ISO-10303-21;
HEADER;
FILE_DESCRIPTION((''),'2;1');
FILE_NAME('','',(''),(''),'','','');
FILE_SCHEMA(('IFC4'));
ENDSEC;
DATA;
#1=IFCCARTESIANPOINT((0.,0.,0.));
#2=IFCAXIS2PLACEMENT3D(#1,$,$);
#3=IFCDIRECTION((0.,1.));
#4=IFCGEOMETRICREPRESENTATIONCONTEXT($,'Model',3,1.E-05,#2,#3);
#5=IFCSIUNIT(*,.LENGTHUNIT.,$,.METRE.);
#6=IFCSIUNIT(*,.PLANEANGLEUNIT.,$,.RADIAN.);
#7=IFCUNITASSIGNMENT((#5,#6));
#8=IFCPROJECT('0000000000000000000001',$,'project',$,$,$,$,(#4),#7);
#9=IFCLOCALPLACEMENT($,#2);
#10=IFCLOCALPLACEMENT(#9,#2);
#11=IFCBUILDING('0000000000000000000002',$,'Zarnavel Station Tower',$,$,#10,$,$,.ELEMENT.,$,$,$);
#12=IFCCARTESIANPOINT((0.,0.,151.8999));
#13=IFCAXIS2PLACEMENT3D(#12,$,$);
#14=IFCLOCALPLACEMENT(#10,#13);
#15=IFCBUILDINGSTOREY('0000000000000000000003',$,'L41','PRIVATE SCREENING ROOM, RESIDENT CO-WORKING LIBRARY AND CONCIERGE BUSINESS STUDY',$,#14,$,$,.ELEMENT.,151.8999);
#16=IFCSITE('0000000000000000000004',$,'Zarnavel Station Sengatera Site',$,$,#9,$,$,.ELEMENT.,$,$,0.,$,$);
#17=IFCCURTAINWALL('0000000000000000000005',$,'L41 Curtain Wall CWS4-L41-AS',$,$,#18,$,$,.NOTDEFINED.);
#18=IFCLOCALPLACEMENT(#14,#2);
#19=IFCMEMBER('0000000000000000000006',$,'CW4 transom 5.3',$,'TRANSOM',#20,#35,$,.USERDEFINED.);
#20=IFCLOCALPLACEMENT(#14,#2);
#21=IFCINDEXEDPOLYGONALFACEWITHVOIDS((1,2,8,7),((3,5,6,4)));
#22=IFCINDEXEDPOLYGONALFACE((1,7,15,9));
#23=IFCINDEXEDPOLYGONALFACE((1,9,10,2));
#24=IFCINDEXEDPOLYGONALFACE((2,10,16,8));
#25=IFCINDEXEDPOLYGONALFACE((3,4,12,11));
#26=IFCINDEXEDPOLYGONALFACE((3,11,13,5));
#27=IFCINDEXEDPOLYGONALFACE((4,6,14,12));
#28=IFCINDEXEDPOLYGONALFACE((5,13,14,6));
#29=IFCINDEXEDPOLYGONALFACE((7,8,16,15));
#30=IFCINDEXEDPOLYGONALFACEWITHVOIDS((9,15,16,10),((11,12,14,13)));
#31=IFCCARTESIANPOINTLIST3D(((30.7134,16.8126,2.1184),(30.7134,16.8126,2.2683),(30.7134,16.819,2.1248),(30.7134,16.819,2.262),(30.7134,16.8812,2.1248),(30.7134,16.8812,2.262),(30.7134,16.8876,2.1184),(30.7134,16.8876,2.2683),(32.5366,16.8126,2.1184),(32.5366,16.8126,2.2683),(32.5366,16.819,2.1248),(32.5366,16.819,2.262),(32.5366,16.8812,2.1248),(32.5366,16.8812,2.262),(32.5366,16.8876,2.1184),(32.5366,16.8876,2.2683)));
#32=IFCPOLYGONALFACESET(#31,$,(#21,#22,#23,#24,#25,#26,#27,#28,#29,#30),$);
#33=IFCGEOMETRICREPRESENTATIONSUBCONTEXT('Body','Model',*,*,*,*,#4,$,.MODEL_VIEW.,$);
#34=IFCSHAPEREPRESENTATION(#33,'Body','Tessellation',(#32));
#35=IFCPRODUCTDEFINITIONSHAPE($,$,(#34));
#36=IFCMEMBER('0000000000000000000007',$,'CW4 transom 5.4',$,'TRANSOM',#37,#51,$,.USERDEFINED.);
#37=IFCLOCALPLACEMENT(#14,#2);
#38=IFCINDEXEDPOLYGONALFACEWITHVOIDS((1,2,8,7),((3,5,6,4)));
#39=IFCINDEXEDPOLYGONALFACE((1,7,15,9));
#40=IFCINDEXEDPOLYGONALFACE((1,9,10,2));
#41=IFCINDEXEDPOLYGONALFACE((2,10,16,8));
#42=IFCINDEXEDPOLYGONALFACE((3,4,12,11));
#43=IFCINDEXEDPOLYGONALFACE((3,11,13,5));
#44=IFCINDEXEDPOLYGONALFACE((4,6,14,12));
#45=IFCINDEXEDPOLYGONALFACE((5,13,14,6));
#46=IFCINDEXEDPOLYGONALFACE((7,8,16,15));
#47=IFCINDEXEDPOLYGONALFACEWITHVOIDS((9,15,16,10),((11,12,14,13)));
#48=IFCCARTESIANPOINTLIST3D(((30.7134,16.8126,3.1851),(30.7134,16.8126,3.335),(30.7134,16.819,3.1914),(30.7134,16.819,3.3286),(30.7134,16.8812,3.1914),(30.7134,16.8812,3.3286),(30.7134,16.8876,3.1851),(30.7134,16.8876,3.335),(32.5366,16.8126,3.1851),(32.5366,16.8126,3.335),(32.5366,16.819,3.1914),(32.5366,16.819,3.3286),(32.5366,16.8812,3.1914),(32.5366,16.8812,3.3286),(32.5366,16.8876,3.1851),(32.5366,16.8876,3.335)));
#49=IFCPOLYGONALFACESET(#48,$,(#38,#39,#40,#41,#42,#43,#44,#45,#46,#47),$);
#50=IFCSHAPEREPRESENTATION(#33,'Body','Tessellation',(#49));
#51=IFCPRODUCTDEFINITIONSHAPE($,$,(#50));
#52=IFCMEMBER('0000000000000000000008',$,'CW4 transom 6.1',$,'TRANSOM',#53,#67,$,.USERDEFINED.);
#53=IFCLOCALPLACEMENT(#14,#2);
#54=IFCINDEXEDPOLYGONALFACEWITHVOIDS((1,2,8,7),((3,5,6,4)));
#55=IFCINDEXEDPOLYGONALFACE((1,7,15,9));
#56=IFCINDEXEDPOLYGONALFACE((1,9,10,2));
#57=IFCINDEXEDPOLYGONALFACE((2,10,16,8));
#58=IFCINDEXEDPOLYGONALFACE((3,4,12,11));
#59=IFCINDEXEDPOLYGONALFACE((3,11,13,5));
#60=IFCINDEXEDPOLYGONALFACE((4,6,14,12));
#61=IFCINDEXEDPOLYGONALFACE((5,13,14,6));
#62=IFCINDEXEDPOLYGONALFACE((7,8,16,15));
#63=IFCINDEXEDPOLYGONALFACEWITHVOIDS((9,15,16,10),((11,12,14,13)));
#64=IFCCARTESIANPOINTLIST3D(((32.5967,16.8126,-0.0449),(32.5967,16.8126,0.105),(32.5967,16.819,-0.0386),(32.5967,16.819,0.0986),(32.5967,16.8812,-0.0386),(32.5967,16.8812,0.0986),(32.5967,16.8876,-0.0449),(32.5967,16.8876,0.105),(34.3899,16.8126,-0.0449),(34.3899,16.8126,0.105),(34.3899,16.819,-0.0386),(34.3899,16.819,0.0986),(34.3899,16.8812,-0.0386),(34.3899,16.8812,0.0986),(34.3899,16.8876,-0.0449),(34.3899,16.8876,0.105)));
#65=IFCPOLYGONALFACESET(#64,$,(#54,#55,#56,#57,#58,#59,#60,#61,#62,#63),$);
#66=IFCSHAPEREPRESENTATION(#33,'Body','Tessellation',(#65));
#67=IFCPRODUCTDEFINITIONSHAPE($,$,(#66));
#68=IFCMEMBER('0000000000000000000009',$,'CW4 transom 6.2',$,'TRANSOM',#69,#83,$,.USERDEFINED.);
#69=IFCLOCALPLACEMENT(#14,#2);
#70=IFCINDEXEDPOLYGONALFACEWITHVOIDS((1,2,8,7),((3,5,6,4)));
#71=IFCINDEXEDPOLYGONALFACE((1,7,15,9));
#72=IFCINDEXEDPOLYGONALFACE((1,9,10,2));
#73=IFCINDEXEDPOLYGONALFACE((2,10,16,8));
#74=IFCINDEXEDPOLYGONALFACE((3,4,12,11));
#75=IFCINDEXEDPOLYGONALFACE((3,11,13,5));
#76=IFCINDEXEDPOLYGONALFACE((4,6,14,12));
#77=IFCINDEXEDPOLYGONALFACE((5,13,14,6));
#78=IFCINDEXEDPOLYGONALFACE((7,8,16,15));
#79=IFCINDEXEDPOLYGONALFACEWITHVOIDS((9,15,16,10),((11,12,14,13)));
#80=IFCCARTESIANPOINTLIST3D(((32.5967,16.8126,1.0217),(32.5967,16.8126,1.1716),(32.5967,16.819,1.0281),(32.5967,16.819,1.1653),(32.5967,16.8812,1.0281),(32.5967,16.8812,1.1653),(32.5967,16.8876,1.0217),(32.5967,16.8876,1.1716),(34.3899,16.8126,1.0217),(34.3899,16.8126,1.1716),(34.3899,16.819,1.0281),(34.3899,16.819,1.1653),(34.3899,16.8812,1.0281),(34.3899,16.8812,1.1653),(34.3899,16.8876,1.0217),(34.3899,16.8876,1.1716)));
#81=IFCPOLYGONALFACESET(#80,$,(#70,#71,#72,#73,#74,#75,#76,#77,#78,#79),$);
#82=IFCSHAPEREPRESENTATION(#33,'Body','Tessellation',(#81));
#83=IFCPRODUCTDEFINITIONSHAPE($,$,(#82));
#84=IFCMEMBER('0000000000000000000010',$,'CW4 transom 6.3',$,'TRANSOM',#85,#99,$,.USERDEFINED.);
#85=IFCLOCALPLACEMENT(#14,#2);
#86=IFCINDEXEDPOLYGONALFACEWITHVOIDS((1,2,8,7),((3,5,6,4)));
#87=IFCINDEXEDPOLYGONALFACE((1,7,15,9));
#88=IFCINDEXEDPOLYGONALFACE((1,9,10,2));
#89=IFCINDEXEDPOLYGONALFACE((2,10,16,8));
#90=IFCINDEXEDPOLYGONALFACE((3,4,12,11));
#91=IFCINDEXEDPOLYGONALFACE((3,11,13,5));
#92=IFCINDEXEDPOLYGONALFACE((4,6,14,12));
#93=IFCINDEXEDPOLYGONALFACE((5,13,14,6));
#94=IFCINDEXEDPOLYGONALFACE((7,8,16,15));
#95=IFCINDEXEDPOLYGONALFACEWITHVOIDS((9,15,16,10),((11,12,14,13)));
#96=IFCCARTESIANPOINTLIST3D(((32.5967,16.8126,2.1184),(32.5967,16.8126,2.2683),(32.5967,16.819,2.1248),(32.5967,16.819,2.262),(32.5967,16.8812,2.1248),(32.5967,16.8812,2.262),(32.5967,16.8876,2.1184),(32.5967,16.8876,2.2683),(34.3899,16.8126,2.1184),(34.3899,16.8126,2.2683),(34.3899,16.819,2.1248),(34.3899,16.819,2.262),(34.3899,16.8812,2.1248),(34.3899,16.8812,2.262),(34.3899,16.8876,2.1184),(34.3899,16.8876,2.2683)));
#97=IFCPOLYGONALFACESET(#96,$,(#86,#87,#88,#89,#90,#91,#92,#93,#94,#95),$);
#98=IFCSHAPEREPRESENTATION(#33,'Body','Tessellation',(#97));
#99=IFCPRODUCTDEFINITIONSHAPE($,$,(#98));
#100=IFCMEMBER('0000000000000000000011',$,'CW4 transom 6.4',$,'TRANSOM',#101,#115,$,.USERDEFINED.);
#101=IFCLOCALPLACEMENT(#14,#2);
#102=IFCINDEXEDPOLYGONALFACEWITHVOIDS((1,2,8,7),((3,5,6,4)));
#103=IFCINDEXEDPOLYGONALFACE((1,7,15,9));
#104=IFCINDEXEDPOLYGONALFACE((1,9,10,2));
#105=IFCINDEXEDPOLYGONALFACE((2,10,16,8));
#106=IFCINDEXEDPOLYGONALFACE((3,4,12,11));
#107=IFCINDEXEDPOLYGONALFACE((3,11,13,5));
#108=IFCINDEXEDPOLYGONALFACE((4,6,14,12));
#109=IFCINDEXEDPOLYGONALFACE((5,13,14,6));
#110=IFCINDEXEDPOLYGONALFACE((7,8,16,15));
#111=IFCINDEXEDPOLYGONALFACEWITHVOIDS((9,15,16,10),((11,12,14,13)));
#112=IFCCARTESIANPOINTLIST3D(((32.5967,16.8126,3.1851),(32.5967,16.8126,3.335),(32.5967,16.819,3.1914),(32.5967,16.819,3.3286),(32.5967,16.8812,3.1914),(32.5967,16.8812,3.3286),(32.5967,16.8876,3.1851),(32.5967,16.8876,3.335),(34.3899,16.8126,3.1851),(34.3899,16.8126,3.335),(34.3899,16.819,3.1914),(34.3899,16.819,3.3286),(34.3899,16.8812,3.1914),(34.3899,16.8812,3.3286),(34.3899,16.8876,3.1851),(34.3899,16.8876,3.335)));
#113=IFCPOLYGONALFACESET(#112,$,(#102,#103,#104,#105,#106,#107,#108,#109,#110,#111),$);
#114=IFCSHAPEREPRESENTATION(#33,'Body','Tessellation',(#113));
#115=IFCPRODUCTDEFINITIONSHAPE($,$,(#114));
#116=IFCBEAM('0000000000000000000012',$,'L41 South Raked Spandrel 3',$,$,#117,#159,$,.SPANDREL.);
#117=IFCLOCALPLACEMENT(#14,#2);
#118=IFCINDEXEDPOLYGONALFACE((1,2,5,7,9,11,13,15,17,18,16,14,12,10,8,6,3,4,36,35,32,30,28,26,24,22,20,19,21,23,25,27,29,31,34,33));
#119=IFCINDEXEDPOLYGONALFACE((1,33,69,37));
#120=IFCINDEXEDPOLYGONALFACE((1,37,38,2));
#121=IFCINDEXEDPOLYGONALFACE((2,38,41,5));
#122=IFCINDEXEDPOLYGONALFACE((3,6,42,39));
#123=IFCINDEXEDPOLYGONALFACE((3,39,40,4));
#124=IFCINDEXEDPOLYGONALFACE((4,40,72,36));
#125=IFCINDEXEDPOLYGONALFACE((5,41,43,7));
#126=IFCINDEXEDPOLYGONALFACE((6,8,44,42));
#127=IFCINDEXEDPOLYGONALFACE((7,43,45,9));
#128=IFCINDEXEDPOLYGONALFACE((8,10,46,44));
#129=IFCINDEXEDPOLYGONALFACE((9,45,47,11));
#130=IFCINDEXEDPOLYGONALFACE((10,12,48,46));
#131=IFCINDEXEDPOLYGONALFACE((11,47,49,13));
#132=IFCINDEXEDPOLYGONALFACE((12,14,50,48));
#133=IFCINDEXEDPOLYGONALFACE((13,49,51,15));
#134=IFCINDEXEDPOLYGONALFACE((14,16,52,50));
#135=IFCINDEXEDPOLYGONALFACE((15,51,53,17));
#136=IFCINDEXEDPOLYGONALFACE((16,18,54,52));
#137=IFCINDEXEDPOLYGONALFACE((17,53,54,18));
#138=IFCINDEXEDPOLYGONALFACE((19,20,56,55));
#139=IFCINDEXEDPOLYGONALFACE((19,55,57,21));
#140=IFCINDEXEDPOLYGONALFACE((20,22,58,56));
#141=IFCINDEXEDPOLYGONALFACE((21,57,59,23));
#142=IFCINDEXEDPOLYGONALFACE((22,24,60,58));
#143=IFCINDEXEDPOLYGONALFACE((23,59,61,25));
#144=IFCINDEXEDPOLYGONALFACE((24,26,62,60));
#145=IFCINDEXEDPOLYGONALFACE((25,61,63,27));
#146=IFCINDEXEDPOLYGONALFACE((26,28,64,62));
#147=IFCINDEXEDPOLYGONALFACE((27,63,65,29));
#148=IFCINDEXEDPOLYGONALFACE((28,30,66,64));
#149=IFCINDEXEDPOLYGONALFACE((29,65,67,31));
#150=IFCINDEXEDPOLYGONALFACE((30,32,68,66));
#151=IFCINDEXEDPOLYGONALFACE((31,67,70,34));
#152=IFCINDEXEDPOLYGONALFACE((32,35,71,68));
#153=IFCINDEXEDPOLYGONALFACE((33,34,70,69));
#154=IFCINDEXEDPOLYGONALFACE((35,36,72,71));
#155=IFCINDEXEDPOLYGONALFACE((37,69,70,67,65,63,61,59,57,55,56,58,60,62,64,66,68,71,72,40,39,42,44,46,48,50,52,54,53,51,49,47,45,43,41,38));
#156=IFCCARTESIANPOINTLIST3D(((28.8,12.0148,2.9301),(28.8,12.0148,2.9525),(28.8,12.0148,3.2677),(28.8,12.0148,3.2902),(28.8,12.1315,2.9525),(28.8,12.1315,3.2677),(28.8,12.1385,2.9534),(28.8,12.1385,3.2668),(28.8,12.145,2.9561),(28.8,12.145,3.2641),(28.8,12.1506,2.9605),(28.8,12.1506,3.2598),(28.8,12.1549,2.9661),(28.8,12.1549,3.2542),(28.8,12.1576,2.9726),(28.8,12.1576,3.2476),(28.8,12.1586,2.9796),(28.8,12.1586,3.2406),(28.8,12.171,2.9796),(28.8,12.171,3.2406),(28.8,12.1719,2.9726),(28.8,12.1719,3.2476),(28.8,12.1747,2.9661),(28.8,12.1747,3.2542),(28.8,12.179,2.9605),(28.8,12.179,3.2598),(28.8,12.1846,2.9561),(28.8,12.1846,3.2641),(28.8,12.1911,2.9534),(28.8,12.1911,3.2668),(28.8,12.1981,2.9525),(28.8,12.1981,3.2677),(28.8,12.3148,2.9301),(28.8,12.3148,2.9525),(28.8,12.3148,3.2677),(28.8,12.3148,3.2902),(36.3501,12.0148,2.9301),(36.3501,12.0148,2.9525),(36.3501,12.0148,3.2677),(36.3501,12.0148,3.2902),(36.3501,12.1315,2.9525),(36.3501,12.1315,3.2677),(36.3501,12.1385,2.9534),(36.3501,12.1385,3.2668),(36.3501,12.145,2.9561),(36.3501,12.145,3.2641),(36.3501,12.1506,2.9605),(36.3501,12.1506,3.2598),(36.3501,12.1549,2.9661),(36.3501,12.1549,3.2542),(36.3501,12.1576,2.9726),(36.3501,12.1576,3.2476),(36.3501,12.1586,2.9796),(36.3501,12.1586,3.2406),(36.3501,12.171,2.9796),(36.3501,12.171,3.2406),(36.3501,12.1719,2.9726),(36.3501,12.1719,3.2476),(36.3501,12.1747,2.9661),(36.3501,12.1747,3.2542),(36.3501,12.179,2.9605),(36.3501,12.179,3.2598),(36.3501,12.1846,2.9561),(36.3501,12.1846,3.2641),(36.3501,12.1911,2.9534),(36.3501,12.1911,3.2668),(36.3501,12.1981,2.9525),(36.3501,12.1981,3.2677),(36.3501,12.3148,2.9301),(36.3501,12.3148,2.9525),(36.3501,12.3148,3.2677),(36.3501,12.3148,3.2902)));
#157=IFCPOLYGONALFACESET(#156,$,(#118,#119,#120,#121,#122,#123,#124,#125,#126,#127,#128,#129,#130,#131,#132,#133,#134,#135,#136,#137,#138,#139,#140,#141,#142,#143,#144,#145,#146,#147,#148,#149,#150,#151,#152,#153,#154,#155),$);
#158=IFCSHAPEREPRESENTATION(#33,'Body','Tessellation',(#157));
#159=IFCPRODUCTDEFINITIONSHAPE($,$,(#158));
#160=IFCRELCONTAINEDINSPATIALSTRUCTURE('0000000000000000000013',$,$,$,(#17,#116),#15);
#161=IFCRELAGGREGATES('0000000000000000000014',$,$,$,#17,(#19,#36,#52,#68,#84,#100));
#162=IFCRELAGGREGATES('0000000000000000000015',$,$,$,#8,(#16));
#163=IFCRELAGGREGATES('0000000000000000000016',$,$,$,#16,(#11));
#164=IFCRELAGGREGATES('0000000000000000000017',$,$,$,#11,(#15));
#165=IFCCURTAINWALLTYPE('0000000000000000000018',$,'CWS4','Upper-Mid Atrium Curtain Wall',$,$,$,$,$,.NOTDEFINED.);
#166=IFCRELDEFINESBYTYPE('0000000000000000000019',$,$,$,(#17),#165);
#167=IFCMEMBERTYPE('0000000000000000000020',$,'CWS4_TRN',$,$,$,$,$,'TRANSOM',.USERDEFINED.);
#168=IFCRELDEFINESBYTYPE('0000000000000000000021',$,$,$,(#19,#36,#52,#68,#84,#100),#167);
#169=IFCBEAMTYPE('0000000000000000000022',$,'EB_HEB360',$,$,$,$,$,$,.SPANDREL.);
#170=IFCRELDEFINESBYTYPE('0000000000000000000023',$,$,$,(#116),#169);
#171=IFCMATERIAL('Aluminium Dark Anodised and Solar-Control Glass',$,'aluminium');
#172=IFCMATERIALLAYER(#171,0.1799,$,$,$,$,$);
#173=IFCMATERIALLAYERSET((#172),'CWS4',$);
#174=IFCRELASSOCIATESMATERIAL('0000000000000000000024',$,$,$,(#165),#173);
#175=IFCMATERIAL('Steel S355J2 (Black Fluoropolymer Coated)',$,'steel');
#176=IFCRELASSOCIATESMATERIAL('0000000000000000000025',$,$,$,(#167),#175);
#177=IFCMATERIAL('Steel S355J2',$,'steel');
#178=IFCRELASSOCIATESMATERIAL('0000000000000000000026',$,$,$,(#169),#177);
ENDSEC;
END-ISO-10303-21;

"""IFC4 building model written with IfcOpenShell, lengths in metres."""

from ifc_helpers import new_model, si_unit, direction, frame, origin, origin_2d, place, context, subcontext, project, spatial, hollow_rectangle, i_section, extrude, material, layer, layer_set, material_profile, profile_set, type_object, element, aggregate, save


model = new_model("IFC4")

# Units and contexts
model_context = context("Model", 3, precision=1e-05, world=origin(), true_north=direction((0.0, 1.0)))
body_context = subcontext(model_context, "Body", "Model", "MODEL_VIEW")
ifc_project = project(units=[si_unit("LENGTHUNIT", "METRE"), si_unit("PLANEANGLEUNIT", "RADIAN")], contexts=[model_context])

# Site, building, storey
site_placement = place(None, origin())
site = spatial("IfcSite", under=ifc_project, at=site_placement, Name="Zarnavel Station Sengatera Site", CompositionType="ELEMENT", RefElevation=0.0)
building_placement = place(site_placement, origin())
building = spatial("IfcBuilding", under=site, at=building_placement, Name="Zarnavel Station Tower", CompositionType="ELEMENT")
storey_placement = place(building_placement, frame((0.0, 0.0, 151.8999)))
storey = spatial("IfcBuildingStorey", under=building, at=storey_placement, Name="L41", Description="PRIVATE SCREENING ROOM, RESIDENT CO-WORKING LIBRARY AND CONCIERGE BUSINESS STUDY", CompositionType="ELEMENT", Elevation=151.8999)

# Curtain wall, members
ifc_material_1 = material(Name="Aluminium Dark Anodised and Solar-Control Glass", Category="aluminium")
ifc_layer_1 = layer(ifc_material_1, 0.1799)
ifc_layer_set_1 = layer_set([ifc_layer_1], Name="CWS4")
curtain_wall_type = type_object("IfcCurtainWallType", Name="CWS4", Description="Upper-Mid Atrium Curtain Wall", PredefinedType="NOTDEFINED", material=ifc_layer_set_1)
curtain_wall_placement = place(storey_placement, origin())
curtain_wall = element("IfcCurtainWall", 1, at=curtain_wall_placement, inside=storey, type_object=curtain_wall_type, Name="L41 Curtain Wall CWS4-L41-AS", PredefinedType="NOTDEFINED")
ifc_material_2 = material(Name="Steel S355J2 (Black Fluoropolymer Coated)", Category="steel")
ifc_material_profile_1 = material_profile(ifc_material_2, hollow_rectangle(XDim=0.075, YDim=0.1499, WallThickness=0.0063, at=origin_2d()), Name="RHS150x75x6.3")
ifc_profile_set_1 = profile_set([ifc_material_profile_1], Name="Steel S355J2 (Black Fluoropolymer Coated)")
member_type_1 = type_object("IfcMemberType", Name="CWS4_TRN", ElementType="TRANSOM", PredefinedType="USERDEFINED", material=ifc_profile_set_1)
member_1_placement = place(storey_placement, frame((30.7134, 16.8501, 2.1934), z_axis=(1.0, 0.0, 0.0), x_axis=(0.0, 1.0, 0.0)))
member_1 = element("IfcMember", 2, at=member_1_placement, type_object=member_type_1, Name="CW4 transom 5.3", ObjectType="TRANSOM", PredefinedType="USERDEFINED", context=body_context, shape_type="SweptSolid", body=[
    extrude(hollow_rectangle(XDim=0.075, YDim=0.1499, WallThickness=0.0063, at=origin_2d()), origin(), (0.0, 0.0, 1.0), 1.8232),
])
member_2_placement = place(storey_placement, frame((30.7134, 16.8501, 3.26), z_axis=(1.0, 0.0, 0.0), x_axis=(0.0, 1.0, 0.0)))
member_2 = element("IfcMember", 3, at=member_2_placement, type_object=member_type_1, Name="CW4 transom 5.4", ObjectType="TRANSOM", PredefinedType="USERDEFINED", context=body_context, shape_type="SweptSolid", body=[
    extrude(hollow_rectangle(XDim=0.075, YDim=0.1499, WallThickness=0.0063, at=origin_2d()), origin(), (0.0, 0.0, 1.0), 1.8232),
])
member_3_placement = place(storey_placement, frame((32.5967, 16.8501, 0.03), z_axis=(1.0, 0.0, 0.0), x_axis=(0.0, 1.0, 0.0)))
member_3 = element("IfcMember", 4, at=member_3_placement, type_object=member_type_1, Name="CW4 transom 6.1", ObjectType="TRANSOM", PredefinedType="USERDEFINED", context=body_context, shape_type="SweptSolid", body=[
    extrude(hollow_rectangle(XDim=0.075, YDim=0.1499, WallThickness=0.0063, at=origin_2d()), origin(), (0.0, 0.0, 1.0), 1.7932),
])
member_4_placement = place(storey_placement, frame((32.5967, 16.8501, 1.0967), z_axis=(1.0, 0.0, 0.0), x_axis=(0.0, 1.0, 0.0)))
member_4 = element("IfcMember", 5, at=member_4_placement, type_object=member_type_1, Name="CW4 transom 6.2", ObjectType="TRANSOM", PredefinedType="USERDEFINED", context=body_context, shape_type="SweptSolid", body=[
    extrude(hollow_rectangle(XDim=0.075, YDim=0.1499, WallThickness=0.0063, at=origin_2d()), origin(), (0.0, 0.0, 1.0), 1.7932),
])
member_5_placement = place(storey_placement, frame((32.5967, 16.8501, 2.1934), z_axis=(1.0, 0.0, 0.0), x_axis=(0.0, 1.0, 0.0)))
member_5 = element("IfcMember", 6, at=member_5_placement, type_object=member_type_1, Name="CW4 transom 6.3", ObjectType="TRANSOM", PredefinedType="USERDEFINED", context=body_context, shape_type="SweptSolid", body=[
    extrude(hollow_rectangle(XDim=0.075, YDim=0.1499, WallThickness=0.0063, at=origin_2d()), origin(), (0.0, 0.0, 1.0), 1.7932),
])
member_6_placement = place(storey_placement, frame((32.5967, 16.8501, 3.26), z_axis=(1.0, 0.0, 0.0), x_axis=(0.0, 1.0, 0.0)))
member_6 = element("IfcMember", 7, at=member_6_placement, type_object=member_type_1, Name="CW4 transom 6.4", ObjectType="TRANSOM", PredefinedType="USERDEFINED", context=body_context, shape_type="SweptSolid", body=[
    extrude(hollow_rectangle(XDim=0.075, YDim=0.1499, WallThickness=0.0063, at=origin_2d()), origin(), (0.0, 0.0, 1.0), 1.7932),
])

# Beam
ifc_material_3 = material(Name="Steel S355J2", Category="steel")
ifc_material_profile_2 = material_profile(ifc_material_3, i_section(OverallWidth=0.3, OverallDepth=0.3601, WebThickness=0.0125, FlangeThickness=0.0225, FilletRadius=0.0271, at=origin_2d()), Name="HEB360")
ifc_profile_set_2 = profile_set([ifc_material_profile_2], Name="Steel S355J2")
beam_type_1 = type_object("IfcBeamType", Name="EB_HEB360", PredefinedType="SPANDREL", material=ifc_profile_set_2)
beam_1_placement = place(storey_placement, frame((28.8, 12.1648, 3.1101), z_axis=(1.0, 0.0, 0.0), x_axis=(0.0, 1.0, 0.0)))
element("IfcBeam", 8, at=beam_1_placement, inside=storey, type_object=beam_type_1, Name="L41 South Raked Spandrel 3", PredefinedType="SPANDREL", context=body_context, shape_type="SweptSolid", body=[
    extrude(i_section(OverallWidth=0.3, OverallDepth=0.3601, WebThickness=0.0125, FlangeThickness=0.0225, FilletRadius=0.0271, at=origin_2d()), origin(), (0.0, 0.0, 1.0), 7.55),
])

aggregate(curtain_wall, [member_1, member_2, member_3, member_4, member_5, member_6])

save(model, "model.ifc")
